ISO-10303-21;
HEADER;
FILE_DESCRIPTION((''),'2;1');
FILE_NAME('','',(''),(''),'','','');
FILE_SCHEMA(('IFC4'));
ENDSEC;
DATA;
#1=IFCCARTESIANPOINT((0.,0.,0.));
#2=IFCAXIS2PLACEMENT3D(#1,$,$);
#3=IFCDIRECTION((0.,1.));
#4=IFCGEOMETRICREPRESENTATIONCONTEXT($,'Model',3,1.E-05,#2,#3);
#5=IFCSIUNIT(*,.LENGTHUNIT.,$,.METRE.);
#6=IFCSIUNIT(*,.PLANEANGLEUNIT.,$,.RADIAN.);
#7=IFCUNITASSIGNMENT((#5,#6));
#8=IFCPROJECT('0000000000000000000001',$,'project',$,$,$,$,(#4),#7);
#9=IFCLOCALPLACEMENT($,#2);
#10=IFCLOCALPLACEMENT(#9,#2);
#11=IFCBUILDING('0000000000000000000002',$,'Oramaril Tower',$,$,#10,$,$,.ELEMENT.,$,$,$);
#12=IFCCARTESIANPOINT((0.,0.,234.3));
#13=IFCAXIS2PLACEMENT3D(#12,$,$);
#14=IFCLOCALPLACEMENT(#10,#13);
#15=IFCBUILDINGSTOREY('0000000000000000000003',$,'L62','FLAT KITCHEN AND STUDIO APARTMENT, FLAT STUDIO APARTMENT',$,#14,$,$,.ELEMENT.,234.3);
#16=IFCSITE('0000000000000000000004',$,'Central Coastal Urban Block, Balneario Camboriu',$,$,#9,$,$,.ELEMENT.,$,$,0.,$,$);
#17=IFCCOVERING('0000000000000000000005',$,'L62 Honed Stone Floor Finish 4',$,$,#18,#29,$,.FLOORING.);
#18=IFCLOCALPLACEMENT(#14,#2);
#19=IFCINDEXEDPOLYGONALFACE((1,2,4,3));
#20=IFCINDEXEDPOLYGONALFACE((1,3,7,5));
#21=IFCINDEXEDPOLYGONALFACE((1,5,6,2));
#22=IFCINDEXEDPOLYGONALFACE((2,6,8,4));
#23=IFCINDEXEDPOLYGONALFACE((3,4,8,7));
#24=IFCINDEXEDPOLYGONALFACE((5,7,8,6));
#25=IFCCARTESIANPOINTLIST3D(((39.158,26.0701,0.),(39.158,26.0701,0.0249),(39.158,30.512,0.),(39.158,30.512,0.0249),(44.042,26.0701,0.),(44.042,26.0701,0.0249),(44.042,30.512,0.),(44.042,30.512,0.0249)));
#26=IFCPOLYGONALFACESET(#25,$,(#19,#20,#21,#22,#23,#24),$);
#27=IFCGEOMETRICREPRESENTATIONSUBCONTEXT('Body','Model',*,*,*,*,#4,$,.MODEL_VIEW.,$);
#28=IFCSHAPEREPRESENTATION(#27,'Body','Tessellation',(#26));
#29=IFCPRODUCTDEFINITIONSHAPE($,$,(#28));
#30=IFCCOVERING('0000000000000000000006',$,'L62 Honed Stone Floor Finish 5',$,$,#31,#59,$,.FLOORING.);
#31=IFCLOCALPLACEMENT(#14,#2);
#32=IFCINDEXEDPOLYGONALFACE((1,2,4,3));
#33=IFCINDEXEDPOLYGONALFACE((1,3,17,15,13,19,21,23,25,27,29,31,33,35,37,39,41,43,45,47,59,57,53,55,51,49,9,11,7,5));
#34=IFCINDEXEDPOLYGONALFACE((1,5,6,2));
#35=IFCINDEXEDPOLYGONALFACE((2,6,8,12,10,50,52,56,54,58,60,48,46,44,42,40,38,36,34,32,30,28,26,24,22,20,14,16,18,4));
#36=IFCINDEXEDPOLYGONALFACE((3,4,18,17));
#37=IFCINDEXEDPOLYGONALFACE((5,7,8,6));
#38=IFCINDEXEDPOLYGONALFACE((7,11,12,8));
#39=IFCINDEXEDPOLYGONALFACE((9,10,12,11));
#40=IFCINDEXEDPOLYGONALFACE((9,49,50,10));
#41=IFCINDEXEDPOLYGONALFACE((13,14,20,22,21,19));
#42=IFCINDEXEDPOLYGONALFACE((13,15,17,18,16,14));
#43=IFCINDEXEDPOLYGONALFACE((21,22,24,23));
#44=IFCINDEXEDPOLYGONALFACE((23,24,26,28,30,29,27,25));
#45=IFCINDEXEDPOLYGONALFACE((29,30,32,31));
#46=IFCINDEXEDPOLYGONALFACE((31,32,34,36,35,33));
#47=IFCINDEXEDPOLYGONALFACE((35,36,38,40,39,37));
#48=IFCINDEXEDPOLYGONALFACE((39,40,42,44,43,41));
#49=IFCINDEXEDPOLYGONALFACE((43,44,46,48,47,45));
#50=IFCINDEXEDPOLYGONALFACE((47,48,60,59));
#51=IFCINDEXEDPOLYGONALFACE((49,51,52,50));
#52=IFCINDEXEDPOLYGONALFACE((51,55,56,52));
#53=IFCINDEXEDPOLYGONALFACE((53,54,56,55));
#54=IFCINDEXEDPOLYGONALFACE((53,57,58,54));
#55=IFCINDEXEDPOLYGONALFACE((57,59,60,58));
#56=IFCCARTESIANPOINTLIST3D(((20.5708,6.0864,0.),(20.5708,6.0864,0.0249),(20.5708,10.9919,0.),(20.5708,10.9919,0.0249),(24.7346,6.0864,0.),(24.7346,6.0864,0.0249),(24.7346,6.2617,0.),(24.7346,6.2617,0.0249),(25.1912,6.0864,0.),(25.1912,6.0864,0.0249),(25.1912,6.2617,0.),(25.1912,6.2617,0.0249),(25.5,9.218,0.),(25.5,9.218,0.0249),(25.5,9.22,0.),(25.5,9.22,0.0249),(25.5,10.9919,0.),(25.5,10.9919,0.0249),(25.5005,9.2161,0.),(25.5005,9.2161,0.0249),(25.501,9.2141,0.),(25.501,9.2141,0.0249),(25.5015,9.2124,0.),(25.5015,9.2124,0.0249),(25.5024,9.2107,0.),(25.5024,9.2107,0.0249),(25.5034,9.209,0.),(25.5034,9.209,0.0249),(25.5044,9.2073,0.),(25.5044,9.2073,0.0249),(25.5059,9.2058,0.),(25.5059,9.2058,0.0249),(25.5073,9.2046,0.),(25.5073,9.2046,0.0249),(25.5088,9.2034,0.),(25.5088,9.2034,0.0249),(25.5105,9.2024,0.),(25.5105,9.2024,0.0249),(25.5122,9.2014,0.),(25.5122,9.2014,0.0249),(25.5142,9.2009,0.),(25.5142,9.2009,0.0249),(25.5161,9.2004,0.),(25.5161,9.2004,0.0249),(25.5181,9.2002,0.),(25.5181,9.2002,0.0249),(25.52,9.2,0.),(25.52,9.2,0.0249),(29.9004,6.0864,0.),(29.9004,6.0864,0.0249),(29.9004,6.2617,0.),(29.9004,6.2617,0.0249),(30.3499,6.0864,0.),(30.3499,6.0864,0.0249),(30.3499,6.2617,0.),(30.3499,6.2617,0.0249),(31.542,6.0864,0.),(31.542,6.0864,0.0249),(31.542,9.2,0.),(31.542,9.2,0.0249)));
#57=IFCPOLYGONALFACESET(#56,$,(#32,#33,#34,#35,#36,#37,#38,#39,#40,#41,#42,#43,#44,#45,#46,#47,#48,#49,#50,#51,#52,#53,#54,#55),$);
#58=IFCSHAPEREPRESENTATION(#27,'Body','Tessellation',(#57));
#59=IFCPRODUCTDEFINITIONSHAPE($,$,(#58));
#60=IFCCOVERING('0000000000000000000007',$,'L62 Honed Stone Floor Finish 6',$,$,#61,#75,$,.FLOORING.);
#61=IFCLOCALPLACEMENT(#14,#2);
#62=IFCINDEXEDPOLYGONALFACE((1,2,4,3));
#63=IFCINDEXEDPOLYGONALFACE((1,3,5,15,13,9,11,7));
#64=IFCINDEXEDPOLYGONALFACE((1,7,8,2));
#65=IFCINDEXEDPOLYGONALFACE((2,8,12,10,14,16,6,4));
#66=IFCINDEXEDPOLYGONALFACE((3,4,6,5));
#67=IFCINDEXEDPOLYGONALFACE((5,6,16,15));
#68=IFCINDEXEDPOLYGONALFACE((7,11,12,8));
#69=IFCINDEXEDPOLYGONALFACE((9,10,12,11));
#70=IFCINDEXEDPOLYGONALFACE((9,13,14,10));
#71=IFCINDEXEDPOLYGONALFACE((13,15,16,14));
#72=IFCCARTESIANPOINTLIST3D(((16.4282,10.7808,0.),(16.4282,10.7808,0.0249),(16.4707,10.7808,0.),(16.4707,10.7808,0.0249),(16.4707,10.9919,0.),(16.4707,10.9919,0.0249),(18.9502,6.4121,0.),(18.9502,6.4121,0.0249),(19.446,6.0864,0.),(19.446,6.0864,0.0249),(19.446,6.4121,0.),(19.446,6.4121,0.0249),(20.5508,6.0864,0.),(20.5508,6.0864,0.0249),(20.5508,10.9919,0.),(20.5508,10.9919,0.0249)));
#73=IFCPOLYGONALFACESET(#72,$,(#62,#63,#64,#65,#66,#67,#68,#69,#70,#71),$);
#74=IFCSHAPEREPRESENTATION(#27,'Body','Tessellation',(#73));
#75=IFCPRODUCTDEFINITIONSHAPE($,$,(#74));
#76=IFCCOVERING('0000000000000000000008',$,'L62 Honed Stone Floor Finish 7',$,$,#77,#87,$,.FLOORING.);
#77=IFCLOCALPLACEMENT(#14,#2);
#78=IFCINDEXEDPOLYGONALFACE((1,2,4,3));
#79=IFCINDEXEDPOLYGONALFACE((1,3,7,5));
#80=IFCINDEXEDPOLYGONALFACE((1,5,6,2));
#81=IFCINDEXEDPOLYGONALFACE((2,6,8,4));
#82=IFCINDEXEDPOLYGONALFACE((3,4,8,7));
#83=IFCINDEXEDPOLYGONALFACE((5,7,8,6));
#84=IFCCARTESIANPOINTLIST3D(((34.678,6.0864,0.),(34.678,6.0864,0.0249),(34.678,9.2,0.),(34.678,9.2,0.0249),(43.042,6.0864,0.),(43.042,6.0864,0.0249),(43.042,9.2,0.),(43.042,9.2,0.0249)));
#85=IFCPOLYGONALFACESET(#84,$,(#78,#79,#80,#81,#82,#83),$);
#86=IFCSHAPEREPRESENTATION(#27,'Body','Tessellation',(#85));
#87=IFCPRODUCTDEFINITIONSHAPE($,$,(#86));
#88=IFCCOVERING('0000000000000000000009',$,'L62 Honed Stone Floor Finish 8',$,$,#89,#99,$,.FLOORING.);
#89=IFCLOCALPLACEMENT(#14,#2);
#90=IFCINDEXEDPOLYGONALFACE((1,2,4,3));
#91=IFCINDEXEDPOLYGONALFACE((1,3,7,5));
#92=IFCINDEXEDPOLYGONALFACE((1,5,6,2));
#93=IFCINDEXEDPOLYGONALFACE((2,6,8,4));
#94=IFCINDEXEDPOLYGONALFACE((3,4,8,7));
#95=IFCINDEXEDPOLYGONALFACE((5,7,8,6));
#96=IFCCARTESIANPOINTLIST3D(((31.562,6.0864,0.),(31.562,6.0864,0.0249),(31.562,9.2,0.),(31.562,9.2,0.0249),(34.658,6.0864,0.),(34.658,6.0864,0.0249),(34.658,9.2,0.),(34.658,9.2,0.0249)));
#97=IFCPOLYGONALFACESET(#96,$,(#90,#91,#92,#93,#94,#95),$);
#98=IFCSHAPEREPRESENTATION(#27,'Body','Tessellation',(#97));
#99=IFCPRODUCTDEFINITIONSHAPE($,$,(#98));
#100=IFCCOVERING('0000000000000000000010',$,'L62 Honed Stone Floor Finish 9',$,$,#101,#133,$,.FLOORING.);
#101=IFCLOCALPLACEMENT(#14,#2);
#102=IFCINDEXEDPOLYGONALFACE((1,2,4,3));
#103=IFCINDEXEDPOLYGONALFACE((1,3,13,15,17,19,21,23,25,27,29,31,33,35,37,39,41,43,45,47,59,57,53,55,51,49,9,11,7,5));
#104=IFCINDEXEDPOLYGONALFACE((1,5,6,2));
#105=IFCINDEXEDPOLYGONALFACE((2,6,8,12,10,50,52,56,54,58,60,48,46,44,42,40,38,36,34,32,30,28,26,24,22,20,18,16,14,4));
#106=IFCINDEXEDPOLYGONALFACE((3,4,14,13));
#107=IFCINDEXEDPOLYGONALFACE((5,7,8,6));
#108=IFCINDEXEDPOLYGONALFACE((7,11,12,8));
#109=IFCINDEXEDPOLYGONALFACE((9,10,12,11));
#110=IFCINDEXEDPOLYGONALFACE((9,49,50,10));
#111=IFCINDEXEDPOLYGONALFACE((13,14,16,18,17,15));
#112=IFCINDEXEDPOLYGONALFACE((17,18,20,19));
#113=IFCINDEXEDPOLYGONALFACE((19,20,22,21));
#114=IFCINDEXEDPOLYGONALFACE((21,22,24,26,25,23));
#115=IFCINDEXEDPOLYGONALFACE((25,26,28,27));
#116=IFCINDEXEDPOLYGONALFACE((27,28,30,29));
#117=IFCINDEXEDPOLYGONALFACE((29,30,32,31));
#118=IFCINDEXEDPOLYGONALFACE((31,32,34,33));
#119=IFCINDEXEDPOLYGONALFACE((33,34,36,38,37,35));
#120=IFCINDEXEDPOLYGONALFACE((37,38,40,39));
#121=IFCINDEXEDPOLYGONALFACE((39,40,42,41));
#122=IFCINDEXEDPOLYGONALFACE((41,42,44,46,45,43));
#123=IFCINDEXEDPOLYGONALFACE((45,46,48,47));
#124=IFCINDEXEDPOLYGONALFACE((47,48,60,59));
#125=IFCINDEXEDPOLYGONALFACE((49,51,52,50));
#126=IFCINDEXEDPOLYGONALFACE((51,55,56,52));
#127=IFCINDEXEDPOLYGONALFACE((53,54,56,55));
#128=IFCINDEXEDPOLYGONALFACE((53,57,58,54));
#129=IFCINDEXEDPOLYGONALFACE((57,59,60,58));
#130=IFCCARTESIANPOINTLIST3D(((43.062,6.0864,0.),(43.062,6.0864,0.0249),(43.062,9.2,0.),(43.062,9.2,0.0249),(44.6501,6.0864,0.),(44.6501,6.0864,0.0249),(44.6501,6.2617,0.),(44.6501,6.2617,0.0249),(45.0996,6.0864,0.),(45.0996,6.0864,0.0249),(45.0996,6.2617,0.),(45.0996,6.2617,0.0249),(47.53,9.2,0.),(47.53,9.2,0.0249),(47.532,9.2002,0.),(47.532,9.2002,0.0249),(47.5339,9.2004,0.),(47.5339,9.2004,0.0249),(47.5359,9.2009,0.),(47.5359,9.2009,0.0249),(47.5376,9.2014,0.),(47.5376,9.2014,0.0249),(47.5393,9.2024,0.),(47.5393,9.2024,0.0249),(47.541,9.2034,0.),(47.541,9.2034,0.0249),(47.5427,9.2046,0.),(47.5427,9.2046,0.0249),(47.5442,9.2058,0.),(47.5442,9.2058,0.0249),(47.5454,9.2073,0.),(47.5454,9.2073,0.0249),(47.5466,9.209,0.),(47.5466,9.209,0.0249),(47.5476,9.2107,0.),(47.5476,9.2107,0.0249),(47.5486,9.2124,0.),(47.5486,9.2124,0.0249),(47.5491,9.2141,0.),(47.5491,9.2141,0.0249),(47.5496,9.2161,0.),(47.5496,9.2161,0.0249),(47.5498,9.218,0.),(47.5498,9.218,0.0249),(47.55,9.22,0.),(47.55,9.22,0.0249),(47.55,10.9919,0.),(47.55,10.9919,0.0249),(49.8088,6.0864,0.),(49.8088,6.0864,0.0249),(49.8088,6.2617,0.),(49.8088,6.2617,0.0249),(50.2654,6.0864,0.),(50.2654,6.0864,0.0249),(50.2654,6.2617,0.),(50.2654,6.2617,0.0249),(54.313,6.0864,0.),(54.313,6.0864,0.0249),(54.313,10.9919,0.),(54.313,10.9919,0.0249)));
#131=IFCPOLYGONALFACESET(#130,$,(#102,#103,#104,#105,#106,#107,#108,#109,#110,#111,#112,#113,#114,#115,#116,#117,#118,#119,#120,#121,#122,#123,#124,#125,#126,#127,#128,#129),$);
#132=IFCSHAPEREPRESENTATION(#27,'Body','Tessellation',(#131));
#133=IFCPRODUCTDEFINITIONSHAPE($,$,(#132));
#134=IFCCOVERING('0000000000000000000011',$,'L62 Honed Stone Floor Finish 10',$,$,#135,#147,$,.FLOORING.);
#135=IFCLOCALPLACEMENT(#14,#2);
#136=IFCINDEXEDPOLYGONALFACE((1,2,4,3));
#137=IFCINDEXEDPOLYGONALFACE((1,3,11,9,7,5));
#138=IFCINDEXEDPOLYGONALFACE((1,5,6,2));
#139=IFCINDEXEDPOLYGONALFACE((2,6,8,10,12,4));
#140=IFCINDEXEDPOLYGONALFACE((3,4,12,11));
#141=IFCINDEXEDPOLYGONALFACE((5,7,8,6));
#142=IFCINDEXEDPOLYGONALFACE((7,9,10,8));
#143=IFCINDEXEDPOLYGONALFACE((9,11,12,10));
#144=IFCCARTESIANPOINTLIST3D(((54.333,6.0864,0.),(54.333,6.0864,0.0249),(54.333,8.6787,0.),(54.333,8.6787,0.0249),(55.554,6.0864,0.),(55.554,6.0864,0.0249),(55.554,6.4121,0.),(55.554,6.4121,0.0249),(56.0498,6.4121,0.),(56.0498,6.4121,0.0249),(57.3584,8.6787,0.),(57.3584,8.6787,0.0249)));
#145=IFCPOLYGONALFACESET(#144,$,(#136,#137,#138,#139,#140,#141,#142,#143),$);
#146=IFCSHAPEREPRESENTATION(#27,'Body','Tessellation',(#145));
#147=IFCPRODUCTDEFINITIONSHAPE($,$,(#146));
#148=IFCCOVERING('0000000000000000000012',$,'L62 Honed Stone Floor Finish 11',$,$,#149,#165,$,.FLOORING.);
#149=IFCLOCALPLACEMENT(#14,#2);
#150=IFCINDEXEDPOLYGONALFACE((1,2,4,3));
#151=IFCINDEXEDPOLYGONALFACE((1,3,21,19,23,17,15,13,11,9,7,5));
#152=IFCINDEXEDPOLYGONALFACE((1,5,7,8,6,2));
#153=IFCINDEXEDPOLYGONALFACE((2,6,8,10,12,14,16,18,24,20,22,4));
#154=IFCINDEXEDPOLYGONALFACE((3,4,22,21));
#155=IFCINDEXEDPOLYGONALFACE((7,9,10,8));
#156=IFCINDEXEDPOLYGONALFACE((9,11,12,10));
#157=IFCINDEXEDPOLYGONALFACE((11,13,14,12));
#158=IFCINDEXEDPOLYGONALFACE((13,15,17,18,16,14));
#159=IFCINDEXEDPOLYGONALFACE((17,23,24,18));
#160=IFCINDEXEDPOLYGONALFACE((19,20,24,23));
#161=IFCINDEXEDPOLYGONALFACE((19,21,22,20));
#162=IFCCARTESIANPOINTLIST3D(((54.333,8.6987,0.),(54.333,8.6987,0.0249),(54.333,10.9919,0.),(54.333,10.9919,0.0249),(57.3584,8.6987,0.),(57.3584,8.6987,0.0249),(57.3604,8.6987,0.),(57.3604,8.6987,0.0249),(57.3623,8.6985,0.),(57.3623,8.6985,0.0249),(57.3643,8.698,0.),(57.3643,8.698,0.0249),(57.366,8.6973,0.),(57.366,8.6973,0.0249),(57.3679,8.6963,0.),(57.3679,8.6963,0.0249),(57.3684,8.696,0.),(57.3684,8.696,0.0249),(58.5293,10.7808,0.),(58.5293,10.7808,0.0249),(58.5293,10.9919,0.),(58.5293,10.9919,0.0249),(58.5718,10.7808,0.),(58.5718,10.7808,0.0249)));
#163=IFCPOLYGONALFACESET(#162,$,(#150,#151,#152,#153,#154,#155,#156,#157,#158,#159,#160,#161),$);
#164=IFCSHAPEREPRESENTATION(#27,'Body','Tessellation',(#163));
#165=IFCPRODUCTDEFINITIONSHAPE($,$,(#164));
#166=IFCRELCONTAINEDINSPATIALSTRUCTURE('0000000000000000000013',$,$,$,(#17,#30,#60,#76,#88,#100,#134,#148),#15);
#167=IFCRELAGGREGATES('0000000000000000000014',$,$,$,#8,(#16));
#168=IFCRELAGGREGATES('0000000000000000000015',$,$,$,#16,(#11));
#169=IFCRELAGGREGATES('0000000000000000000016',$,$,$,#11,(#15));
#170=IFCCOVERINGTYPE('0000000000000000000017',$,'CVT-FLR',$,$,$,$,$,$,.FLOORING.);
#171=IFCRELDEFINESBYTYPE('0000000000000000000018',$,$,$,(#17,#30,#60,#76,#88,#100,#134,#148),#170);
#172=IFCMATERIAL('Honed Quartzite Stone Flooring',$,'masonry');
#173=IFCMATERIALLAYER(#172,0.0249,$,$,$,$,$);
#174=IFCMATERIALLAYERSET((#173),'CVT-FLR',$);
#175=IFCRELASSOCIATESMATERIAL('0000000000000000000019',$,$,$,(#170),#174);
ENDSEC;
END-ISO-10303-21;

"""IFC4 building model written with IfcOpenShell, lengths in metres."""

from ifc_helpers import new_model, si_unit, direction, frame, origin, place, context, subcontext, project, spatial, polyline, outline, extrude, material, layer, layer_set, type_object, element, save


model = new_model("IFC4")

# Units and contexts
model_context = context("Model", 3, precision=1e-05, world=origin(), true_north=direction((0.0, 1.0)))
body_context = subcontext(model_context, "Body", "Model", "MODEL_VIEW")
ifc_project = project(units=[si_unit("LENGTHUNIT", "METRE"), si_unit("PLANEANGLEUNIT", "RADIAN")], contexts=[model_context])

# Site, building, storey
site_placement = place(None, origin())
site = spatial("IfcSite", under=ifc_project, at=site_placement, Name="Central Coastal Urban Block, Balneario Camboriu", CompositionType="ELEMENT", RefElevation=0.0)
building_placement = place(site_placement, origin())
building = spatial("IfcBuilding", under=site, at=building_placement, Name="Oramaril Tower", CompositionType="ELEMENT")
storey_placement = place(building_placement, frame((0.0, 0.0, 234.3)))
storey = spatial("IfcBuildingStorey", under=building, at=storey_placement, Name="L62", Description="FLAT KITCHEN AND STUDIO APARTMENT, FLAT STUDIO APARTMENT", CompositionType="ELEMENT", Elevation=234.3)

# Coverings
ifc_material_1 = material(Name="Honed Quartzite Stone Flooring", Category="masonry")
ifc_layer_1 = layer(ifc_material_1, 0.0249)
ifc_layer_set_1 = layer_set([ifc_layer_1], Name="CVT-FLR")
covering_type_1 = type_object("IfcCoveringType", Name="CVT-FLR", PredefinedType="FLOORING", material=ifc_layer_set_1)
covering_1_placement = place(storey_placement, origin())
element("IfcCovering", 1, at=covering_1_placement, inside=storey, type_object=covering_type_1, Name="L62 Honed Stone Floor Finish 4", PredefinedType="FLOORING", context=body_context, shape_type="SweptSolid", body=[
    extrude(outline(polyline([(44.042, 30.512), (44.042, 26.0701), (39.158, 26.0701), (39.158, 30.512), (44.042, 30.512)])), origin(), (0.0, 0.0, 1.0), 0.0249),
])
covering_2_placement = place(storey_placement, origin())
element("IfcCovering", 2, at=covering_2_placement, inside=storey, type_object=covering_type_1, Name="L62 Honed Stone Floor Finish 5", PredefinedType="FLOORING", context=body_context, shape_type="SweptSolid", body=[
    extrude(outline(polyline([(31.542, 6.0864), (30.3499, 6.0864), (30.3499, 6.2617), (29.9004, 6.2617), (29.9004, 6.0864), (25.1912, 6.0864), (25.1912, 6.2617), (24.7346, 6.2617), (24.7346, 6.0864), (20.5708, 6.0864), (20.5708, 10.9919), (25.5, 10.9919), (25.5, 9.22), (25.5, 9.218), (25.5005, 9.2161), (25.501, 9.2141), (25.5015, 9.2124), (25.5024, 9.2107), (25.5034, 9.209), (25.5044, 9.2073), (25.5059, 9.2058), (25.5073, 9.2046), (25.5088, 9.2034), (25.5105, 9.2024), (25.5122, 9.2014), (25.5142, 9.2009), (25.5161, 9.2004), (25.5181, 9.2002), (25.52, 9.2), (31.542, 9.2), (31.542, 6.0864)])), origin(), (0.0, 0.0, 1.0), 0.0249),
])
covering_3_placement = place(storey_placement, origin())
element("IfcCovering", 3, at=covering_3_placement, inside=storey, type_object=covering_type_1, Name="L62 Honed Stone Floor Finish 6", PredefinedType="FLOORING", context=body_context, shape_type="SweptSolid", body=[
    extrude(outline(polyline([(19.446, 6.0864), (19.446, 6.4121), (18.9502, 6.4121), (16.4282, 10.7808), (16.4707, 10.7808), (16.4707, 10.9919), (20.5508, 10.9919), (20.5508, 6.0864), (19.446, 6.0864)])), origin(), (0.0, 0.0, 1.0), 0.0249),
])
covering_4_placement = place(storey_placement, origin())
element("IfcCovering", 4, at=covering_4_placement, inside=storey, type_object=covering_type_1, Name="L62 Honed Stone Floor Finish 7", PredefinedType="FLOORING", context=body_context, shape_type="SweptSolid", body=[
    extrude(outline(polyline([(34.678, 6.0864), (34.678, 9.2), (43.042, 9.2), (43.042, 6.0864), (34.678, 6.0864)])), origin(), (0.0, 0.0, 1.0), 0.0249),
])
covering_5_placement = place(storey_placement, origin())
element("IfcCovering", 5, at=covering_5_placement, inside=storey, type_object=covering_type_1, Name="L62 Honed Stone Floor Finish 8", PredefinedType="FLOORING", context=body_context, shape_type="SweptSolid", body=[
    extrude(outline(polyline([(31.562, 6.0864), (31.562, 9.2), (34.658, 9.2), (34.658, 6.0864), (31.562, 6.0864)])), origin(), (0.0, 0.0, 1.0), 0.0249),
])
covering_6_placement = place(storey_placement, origin())
element("IfcCovering", 6, at=covering_6_placement, inside=storey, type_object=covering_type_1, Name="L62 Honed Stone Floor Finish 9", PredefinedType="FLOORING", context=body_context, shape_type="SweptSolid", body=[
    extrude(outline(polyline([(54.313, 10.9919), (54.313, 6.0864), (50.2654, 6.0864), (50.2654, 6.2617), (49.8088, 6.2617), (49.8088, 6.0864), (45.0996, 6.0864), (45.0996, 6.2617), (44.6501, 6.2617), (44.6501, 6.0864), (43.062, 6.0864), (43.062, 9.2), (47.53, 9.2), (47.532, 9.2002), (47.5339, 9.2004), (47.5359, 9.2009), (47.5376, 9.2014), (47.5393, 9.2024), (47.541, 9.2034), (47.5427, 9.2046), (47.5442, 9.2058), (47.5454, 9.2073), (47.5466, 9.209), (47.5476, 9.2107), (47.5486, 9.2124), (47.5491, 9.2141), (47.5496, 9.2161), (47.5498, 9.218), (47.55, 9.22), (47.55, 10.9919), (54.313, 10.9919)])), origin(), (0.0, 0.0, 1.0), 0.0249),
])
covering_7_placement = place(storey_placement, origin())
element("IfcCovering", 7, at=covering_7_placement, inside=storey, type_object=covering_type_1, Name="L62 Honed Stone Floor Finish 10", PredefinedType="FLOORING", context=body_context, shape_type="SweptSolid", body=[
    extrude(outline(polyline([(56.0498, 6.4121), (55.554, 6.4121), (55.554, 6.0864), (54.333, 6.0864), (54.333, 8.6787), (57.3584, 8.6787), (56.0498, 6.4121)])), origin(), (0.0, 0.0, 1.0), 0.0249),
])
covering_8_placement = place(storey_placement, origin())
element("IfcCovering", 8, at=covering_8_placement, inside=storey, type_object=covering_type_1, Name="L62 Honed Stone Floor Finish 11", PredefinedType="FLOORING", context=body_context, shape_type="SweptSolid", body=[
    extrude(outline(polyline([(58.5293, 10.7808), (58.5718, 10.7808), (57.3684, 8.696), (57.3679, 8.6963), (57.366, 8.6973), (57.3643, 8.698), (57.3623, 8.6985), (57.3604, 8.6987), (57.3584, 8.6987), (54.333, 8.6987), (54.333, 10.9919), (58.5293, 10.9919), (58.5293, 10.7808)])), origin(), (0.0, 0.0, 1.0), 0.0249),
])

save(model, "model.ifc")
